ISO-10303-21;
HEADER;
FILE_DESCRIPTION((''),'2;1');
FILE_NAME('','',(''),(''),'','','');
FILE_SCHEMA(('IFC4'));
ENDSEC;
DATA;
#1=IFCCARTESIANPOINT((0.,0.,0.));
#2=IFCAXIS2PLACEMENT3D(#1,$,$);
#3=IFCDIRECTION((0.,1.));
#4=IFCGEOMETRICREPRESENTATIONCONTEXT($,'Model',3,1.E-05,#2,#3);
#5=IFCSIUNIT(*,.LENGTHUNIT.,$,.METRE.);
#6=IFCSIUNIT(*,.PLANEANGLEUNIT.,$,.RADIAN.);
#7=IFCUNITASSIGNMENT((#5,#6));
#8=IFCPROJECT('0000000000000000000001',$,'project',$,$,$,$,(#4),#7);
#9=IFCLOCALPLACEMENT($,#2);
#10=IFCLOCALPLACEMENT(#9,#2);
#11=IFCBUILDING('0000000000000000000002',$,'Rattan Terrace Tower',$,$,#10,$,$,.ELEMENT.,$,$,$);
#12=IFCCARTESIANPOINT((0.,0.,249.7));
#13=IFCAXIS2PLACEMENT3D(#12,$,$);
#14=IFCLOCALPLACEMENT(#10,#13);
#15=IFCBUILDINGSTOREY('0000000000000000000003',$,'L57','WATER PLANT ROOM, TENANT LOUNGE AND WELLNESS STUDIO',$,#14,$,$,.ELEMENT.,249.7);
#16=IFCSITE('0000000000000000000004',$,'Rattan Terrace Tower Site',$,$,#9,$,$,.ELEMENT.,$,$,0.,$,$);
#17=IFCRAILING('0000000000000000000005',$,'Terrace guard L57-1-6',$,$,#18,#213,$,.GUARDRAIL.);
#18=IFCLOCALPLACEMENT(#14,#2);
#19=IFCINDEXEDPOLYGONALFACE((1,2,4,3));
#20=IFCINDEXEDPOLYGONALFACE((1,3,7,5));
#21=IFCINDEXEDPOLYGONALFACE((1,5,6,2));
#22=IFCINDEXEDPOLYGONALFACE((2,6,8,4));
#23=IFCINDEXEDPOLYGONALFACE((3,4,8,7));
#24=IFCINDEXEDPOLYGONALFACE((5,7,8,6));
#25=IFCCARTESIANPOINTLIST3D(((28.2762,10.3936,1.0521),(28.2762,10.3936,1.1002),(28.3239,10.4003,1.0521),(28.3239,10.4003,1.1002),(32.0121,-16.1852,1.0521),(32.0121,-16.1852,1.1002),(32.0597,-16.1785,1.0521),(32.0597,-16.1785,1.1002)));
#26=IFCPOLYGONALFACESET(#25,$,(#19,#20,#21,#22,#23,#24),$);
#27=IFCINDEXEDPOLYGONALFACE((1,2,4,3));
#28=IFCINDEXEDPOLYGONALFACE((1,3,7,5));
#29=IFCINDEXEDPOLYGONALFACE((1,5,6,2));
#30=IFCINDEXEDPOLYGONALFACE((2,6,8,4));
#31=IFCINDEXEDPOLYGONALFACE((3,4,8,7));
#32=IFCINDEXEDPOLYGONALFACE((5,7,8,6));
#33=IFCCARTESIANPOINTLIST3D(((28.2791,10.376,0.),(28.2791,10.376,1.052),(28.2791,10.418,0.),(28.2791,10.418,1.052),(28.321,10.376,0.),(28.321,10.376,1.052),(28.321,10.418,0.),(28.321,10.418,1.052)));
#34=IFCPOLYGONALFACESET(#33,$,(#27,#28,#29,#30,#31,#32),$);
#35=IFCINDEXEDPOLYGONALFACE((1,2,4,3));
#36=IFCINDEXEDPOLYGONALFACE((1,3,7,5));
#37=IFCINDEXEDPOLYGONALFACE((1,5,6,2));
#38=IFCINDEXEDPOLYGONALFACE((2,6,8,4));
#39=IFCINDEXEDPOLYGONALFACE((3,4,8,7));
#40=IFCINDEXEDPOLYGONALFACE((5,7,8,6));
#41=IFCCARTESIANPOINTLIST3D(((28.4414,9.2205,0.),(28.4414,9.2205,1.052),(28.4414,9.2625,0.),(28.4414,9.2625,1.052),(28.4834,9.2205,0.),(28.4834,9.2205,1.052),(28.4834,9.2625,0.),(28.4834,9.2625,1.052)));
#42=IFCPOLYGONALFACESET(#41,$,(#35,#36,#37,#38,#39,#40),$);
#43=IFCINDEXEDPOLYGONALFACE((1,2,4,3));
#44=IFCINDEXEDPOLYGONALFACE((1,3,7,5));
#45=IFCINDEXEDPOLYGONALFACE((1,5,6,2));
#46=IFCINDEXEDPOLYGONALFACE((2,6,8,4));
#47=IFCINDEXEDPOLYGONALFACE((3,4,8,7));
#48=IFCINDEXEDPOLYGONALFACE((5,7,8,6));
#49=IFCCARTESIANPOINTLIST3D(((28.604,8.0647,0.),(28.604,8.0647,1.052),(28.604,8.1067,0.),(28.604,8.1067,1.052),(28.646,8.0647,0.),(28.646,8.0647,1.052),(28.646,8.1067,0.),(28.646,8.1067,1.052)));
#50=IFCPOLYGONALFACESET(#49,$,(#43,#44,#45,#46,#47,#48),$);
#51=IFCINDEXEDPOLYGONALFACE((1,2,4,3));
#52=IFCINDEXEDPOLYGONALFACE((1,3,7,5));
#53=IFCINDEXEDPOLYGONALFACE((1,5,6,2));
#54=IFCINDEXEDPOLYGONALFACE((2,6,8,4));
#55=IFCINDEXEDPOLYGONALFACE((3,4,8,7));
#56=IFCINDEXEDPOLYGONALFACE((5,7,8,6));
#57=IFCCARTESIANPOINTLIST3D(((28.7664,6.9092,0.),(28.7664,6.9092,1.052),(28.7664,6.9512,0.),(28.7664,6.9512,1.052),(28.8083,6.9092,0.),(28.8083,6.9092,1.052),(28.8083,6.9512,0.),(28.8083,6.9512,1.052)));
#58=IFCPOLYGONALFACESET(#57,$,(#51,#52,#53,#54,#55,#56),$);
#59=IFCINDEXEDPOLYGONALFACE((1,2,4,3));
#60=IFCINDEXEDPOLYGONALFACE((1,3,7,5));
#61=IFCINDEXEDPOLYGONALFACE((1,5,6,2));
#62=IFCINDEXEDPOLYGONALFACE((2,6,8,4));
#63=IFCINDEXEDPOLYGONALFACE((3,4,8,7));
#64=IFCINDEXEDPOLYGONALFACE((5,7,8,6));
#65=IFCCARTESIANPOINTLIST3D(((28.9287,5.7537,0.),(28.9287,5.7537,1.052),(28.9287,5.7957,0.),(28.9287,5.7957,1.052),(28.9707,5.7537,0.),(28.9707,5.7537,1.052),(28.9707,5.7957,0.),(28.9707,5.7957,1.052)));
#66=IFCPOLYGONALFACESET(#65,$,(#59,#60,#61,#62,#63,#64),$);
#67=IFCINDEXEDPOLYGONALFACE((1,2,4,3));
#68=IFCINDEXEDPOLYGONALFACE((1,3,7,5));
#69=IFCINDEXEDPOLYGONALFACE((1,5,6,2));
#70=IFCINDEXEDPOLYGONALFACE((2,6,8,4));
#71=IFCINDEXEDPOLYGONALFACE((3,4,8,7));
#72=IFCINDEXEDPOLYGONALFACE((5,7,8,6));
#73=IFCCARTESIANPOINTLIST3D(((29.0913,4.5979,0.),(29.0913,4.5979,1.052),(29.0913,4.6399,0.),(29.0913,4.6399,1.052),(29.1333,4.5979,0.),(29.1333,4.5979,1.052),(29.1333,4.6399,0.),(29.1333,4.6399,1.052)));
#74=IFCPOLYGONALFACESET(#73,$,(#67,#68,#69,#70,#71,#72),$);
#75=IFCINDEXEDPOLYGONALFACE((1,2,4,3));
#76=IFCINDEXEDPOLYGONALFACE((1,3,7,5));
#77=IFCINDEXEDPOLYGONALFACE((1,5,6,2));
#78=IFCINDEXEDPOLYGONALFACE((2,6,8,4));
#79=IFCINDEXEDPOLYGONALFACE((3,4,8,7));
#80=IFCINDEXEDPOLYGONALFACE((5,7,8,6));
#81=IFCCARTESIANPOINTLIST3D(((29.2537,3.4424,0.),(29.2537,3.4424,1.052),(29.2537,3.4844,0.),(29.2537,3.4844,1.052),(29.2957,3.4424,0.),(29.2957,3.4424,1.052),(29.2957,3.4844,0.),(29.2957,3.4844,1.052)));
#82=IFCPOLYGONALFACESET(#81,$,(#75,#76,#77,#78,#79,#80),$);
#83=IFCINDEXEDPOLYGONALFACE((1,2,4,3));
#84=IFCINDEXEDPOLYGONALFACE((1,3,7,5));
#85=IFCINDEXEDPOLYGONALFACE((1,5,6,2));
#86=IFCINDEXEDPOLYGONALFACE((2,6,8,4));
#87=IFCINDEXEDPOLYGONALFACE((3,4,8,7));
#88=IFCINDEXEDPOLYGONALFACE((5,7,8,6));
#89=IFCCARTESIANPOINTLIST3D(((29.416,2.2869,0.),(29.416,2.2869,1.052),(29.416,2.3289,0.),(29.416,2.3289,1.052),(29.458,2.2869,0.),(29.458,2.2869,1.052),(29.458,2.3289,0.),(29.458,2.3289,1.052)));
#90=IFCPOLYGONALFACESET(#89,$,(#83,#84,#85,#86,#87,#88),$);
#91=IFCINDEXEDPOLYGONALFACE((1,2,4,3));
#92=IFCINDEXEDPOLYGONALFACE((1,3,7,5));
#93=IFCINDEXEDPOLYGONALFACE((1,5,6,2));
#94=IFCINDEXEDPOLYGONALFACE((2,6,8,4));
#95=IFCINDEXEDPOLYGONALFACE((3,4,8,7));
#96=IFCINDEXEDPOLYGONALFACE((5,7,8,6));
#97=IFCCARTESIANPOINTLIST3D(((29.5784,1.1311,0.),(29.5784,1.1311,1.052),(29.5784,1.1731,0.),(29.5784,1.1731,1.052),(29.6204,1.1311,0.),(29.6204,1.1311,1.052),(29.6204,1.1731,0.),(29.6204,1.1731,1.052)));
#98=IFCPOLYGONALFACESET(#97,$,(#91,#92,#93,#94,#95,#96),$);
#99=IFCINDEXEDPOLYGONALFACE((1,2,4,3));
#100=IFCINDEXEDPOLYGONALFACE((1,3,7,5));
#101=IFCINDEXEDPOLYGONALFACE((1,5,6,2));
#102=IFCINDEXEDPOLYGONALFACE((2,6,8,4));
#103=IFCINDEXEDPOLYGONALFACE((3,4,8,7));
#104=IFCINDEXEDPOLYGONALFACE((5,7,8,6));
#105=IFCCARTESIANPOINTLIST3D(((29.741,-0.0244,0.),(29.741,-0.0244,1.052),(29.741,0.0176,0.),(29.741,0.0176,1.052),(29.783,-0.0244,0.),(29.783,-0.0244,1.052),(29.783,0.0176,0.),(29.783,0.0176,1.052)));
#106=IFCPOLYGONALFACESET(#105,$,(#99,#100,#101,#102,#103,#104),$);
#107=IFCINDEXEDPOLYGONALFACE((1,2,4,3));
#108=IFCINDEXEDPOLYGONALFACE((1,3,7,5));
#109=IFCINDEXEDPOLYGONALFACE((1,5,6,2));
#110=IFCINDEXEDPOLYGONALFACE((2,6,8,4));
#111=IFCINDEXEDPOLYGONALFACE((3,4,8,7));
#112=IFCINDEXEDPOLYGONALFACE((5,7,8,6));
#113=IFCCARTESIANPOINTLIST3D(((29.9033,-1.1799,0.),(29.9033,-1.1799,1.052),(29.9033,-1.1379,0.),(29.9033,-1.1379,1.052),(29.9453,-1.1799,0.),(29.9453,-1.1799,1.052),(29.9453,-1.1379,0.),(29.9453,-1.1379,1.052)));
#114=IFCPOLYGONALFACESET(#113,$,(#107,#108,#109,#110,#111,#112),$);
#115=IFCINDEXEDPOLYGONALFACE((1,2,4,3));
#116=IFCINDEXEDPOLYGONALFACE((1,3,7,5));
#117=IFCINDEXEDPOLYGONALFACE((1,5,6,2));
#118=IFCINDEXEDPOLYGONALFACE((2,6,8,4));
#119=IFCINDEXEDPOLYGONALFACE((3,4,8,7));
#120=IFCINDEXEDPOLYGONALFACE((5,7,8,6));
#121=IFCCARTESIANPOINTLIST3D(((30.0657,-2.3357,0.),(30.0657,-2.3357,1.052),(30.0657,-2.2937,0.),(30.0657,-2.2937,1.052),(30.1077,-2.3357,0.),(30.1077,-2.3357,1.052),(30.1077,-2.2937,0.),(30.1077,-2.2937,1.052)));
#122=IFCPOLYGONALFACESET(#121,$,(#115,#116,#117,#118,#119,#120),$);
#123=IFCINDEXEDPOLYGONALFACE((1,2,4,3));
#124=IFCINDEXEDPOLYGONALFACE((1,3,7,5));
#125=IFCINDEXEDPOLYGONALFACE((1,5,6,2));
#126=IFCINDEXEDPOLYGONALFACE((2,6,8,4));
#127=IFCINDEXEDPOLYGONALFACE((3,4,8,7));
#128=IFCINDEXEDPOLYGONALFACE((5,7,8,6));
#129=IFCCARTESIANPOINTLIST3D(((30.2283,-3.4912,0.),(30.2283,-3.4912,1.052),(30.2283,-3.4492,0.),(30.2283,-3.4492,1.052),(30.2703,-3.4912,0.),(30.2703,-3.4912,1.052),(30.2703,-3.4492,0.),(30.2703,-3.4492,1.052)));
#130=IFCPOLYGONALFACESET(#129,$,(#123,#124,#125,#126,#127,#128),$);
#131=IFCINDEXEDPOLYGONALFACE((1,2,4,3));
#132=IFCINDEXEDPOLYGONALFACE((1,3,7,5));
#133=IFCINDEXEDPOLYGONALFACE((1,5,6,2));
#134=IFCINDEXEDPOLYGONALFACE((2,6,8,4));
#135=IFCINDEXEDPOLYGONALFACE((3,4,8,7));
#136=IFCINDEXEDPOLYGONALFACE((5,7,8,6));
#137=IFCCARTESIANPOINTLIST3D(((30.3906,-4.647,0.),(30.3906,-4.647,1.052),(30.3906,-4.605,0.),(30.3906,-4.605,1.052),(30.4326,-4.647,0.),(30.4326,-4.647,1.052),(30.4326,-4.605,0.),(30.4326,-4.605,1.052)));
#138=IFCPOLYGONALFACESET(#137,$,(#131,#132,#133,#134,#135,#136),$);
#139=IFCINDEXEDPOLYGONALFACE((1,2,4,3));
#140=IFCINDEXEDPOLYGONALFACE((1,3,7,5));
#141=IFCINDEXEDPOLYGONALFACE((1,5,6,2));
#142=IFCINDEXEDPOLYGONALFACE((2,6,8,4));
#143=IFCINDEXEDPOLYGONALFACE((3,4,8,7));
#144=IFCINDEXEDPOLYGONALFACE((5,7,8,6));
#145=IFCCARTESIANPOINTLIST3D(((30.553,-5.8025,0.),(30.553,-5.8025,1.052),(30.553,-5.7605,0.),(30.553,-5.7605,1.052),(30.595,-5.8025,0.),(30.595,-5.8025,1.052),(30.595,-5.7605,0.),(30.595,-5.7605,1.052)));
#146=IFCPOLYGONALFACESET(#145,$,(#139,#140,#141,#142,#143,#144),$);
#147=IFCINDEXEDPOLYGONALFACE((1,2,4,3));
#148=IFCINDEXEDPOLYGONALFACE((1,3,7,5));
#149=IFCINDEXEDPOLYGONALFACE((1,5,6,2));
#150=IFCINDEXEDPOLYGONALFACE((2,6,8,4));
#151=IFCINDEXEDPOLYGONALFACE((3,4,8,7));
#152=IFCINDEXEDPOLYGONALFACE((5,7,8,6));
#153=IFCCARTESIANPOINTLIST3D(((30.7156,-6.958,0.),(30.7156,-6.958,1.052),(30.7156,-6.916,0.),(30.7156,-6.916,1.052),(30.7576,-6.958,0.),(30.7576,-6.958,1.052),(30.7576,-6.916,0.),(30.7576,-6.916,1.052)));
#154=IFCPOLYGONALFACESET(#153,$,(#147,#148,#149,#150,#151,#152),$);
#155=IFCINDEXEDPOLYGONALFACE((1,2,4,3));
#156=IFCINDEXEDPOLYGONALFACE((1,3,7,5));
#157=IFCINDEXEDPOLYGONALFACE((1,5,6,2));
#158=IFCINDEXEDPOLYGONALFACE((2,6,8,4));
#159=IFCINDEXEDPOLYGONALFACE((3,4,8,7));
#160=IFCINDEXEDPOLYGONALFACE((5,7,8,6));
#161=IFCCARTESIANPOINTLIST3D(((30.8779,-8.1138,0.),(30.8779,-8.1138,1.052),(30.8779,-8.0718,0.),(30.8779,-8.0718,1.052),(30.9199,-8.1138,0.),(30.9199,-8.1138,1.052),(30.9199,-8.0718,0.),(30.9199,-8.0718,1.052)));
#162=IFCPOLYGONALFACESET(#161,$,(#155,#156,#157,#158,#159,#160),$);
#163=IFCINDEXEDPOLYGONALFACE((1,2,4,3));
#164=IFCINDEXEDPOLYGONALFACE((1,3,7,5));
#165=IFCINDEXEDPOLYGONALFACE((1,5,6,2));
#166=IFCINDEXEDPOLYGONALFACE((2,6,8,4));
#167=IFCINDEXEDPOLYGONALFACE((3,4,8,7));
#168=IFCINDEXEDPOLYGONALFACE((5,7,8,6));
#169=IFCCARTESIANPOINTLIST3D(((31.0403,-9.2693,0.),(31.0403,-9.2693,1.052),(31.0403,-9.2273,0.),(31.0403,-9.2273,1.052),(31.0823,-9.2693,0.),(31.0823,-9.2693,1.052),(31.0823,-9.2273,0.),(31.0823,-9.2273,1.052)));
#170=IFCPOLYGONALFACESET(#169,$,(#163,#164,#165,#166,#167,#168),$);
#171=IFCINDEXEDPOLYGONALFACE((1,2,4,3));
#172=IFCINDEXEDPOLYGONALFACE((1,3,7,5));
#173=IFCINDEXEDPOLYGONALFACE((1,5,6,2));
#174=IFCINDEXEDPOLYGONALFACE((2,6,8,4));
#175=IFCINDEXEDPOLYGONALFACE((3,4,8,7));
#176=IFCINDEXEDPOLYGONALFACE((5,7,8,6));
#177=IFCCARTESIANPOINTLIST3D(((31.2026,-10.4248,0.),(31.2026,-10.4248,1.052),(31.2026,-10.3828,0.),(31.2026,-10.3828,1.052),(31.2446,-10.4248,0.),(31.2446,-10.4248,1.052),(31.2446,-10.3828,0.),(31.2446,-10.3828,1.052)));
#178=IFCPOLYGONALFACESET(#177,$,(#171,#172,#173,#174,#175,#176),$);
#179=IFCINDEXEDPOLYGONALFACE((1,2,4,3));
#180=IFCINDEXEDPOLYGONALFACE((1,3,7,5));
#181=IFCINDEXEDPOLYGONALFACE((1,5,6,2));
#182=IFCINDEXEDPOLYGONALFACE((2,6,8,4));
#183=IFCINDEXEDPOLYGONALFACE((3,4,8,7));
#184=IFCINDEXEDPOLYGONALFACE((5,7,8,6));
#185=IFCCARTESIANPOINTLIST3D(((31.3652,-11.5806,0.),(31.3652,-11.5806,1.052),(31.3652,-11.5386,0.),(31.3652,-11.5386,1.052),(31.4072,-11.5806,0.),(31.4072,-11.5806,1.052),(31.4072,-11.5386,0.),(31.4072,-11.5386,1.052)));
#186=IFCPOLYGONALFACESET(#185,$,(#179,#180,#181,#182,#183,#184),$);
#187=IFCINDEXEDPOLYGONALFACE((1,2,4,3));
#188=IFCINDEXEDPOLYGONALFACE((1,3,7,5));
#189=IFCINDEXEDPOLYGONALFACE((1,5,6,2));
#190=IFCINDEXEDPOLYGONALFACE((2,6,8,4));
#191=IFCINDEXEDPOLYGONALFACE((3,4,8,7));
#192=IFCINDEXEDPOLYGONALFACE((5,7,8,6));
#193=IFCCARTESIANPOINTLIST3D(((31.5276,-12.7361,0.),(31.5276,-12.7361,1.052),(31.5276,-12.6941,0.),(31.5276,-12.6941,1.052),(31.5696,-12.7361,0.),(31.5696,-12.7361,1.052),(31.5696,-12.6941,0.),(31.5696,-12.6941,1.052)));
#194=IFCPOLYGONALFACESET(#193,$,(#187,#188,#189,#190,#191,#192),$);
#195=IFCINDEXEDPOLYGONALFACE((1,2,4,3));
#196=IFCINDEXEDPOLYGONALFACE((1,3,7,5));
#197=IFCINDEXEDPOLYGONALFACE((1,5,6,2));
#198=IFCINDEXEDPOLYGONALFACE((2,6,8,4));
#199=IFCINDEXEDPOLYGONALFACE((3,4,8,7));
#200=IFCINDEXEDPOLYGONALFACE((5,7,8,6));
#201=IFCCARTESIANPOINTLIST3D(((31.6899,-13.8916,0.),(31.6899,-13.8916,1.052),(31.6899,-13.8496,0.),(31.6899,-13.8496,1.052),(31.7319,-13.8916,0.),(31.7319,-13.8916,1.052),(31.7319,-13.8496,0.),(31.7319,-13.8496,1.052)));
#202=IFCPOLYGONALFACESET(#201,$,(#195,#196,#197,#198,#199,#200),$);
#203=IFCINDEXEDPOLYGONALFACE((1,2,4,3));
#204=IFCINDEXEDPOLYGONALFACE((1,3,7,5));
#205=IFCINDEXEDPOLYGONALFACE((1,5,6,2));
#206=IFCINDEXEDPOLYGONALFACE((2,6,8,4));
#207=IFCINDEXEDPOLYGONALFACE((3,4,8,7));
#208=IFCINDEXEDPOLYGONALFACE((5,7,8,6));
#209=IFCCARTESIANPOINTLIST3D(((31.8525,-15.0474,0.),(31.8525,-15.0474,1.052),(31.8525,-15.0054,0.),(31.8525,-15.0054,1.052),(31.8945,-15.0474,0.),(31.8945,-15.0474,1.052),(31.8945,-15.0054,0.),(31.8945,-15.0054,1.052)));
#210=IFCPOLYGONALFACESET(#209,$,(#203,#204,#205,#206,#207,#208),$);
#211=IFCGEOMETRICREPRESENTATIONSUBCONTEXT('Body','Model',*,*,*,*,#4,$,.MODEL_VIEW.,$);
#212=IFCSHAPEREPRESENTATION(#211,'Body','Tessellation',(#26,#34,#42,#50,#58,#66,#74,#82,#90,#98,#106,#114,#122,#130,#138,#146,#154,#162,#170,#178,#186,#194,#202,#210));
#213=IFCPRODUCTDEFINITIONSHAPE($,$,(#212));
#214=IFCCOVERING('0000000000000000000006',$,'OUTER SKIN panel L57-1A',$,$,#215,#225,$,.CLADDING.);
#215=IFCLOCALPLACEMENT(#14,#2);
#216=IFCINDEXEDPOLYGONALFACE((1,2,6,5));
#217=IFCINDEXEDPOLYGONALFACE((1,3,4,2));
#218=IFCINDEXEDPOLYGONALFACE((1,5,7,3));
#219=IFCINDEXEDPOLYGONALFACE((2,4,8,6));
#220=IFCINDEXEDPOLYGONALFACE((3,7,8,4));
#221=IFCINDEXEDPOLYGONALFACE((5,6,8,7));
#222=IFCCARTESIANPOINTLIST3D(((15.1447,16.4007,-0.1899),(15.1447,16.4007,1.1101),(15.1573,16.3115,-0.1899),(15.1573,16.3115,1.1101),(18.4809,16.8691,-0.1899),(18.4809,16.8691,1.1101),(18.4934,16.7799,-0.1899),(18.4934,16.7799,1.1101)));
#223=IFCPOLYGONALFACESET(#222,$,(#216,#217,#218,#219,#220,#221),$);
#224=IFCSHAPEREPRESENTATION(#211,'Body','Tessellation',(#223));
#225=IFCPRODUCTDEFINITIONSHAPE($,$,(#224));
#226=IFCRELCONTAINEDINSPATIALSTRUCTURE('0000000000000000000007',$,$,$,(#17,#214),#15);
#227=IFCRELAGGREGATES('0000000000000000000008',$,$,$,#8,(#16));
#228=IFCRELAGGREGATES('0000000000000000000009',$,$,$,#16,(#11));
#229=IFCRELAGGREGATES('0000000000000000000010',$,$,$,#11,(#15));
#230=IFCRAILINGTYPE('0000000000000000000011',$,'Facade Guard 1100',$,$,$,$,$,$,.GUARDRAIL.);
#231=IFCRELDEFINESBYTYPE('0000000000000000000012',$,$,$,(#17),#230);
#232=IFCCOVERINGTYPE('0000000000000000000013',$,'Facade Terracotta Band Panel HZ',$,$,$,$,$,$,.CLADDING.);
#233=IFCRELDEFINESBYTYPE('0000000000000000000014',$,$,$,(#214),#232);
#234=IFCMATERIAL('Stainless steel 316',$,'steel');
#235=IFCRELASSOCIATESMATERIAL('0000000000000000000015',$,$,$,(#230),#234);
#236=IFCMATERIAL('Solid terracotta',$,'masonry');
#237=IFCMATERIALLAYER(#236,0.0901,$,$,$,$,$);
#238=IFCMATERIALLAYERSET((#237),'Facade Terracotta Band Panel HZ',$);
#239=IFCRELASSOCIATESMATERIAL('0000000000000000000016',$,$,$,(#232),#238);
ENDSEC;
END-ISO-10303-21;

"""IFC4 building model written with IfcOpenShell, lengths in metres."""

from ifc_helpers import new_model, si_unit, direction, frame, origin, origin_2d, place, context, subcontext, project, spatial, rectangle, extrude, material, layer, layer_set, type_object, element, save


model = new_model("IFC4")

# Units and contexts
model_context = context("Model", 3, precision=1e-05, world=origin(), true_north=direction((0.0, 1.0)))
body_context = subcontext(model_context, "Body", "Model", "MODEL_VIEW")
ifc_project = project(units=[si_unit("LENGTHUNIT", "METRE"), si_unit("PLANEANGLEUNIT", "RADIAN")], contexts=[model_context])

# Site, building, storey
site_placement = place(None, origin())
site = spatial("IfcSite", under=ifc_project, at=site_placement, Name="Rattan Terrace Tower Site", CompositionType="ELEMENT", RefElevation=0.0)
building_placement = place(site_placement, origin())
building = spatial("IfcBuilding", under=site, at=building_placement, Name="Rattan Terrace Tower", CompositionType="ELEMENT")
storey_placement = place(building_placement, frame((0.0, 0.0, 249.7)))
storey = spatial("IfcBuildingStorey", under=building, at=storey_placement, Name="L57", Description="WATER PLANT ROOM, TENANT LOUNGE AND WELLNESS STUDIO", CompositionType="ELEMENT", Elevation=249.7)

# Railing
ifc_material_1 = material(Name="Stainless steel 316", Category="steel")
railing_type = type_object("IfcRailingType", Name="Facade Guard 1100", PredefinedType="GUARDRAIL", material=ifc_material_1)
railing_1_placement = place(storey_placement, frame((28.3, 10.397, 0.0)))
element("IfcRailing", 1, at=railing_1_placement, inside=storey, type_object=railing_type, Name="Terrace guard L57-1-6", PredefinedType="GUARDRAIL", context=body_context, shape_type="SweptSolid", body=[
    extrude(rectangle(XDim=0.0481, YDim=0.0481, at=origin_2d()), frame((0.0, 0.0, 1.0762), z_axis=(0.139189, -0.990266, 0.0), x_axis=(0.990266, 0.139189, 0.0)), (0.0, 0.0, 1.0), 26.8401),
    extrude(rectangle(XDim=0.042, YDim=0.042, at=origin_2d()), origin(), (0.0, 0.0, 1.0), 1.052),
    extrude(rectangle(XDim=0.042, YDim=0.042, at=origin_2d()), frame((0.1624, -1.1555, 0.0)), (0.0, 0.0, 1.0), 1.052),
    extrude(rectangle(XDim=0.042, YDim=0.042, at=origin_2d()), frame((0.325, -2.3113, 0.0)), (0.0, 0.0, 1.0), 1.052),
    extrude(rectangle(XDim=0.042, YDim=0.042, at=origin_2d()), frame((0.4873, -3.4668, 0.0)), (0.0, 0.0, 1.0), 1.052),
    extrude(rectangle(XDim=0.042, YDim=0.042, at=origin_2d()), frame((0.6497, -4.6223, 0.0)), (0.0, 0.0, 1.0), 1.052),
    extrude(rectangle(XDim=0.042, YDim=0.042, at=origin_2d()), frame((0.8123, -5.7781, 0.0)), (0.0, 0.0, 1.0), 1.052),
    extrude(rectangle(XDim=0.042, YDim=0.042, at=origin_2d()), frame((0.9746, -6.9336, 0.0)), (0.0, 0.0, 1.0), 1.052),
    extrude(rectangle(XDim=0.042, YDim=0.042, at=origin_2d()), frame((1.137, -8.0891, 0.0)), (0.0, 0.0, 1.0), 1.052),
    extrude(rectangle(XDim=0.042, YDim=0.042, at=origin_2d()), frame((1.2993, -9.2449, 0.0)), (0.0, 0.0, 1.0), 1.052),
    extrude(rectangle(XDim=0.042, YDim=0.042, at=origin_2d()), frame((1.4619, -10.4004, 0.0)), (0.0, 0.0, 1.0), 1.052),
    extrude(rectangle(XDim=0.042, YDim=0.042, at=origin_2d()), frame((1.6243, -11.5559, 0.0)), (0.0, 0.0, 1.0), 1.052),
    extrude(rectangle(XDim=0.042, YDim=0.042, at=origin_2d()), frame((1.7866, -12.7117, 0.0)), (0.0, 0.0, 1.0), 1.052),
    extrude(rectangle(XDim=0.042, YDim=0.042, at=origin_2d()), frame((1.9492, -13.8672, 0.0)), (0.0, 0.0, 1.0), 1.052),
    extrude(rectangle(XDim=0.042, YDim=0.042, at=origin_2d()), frame((2.1116, -15.0229, 0.0)), (0.0, 0.0, 1.0), 1.052),
    extrude(rectangle(XDim=0.042, YDim=0.042, at=origin_2d()), frame((2.2739, -16.1785, 0.0)), (0.0, 0.0, 1.0), 1.052),
    extrude(rectangle(XDim=0.042, YDim=0.042, at=origin_2d()), frame((2.4365, -17.334, 0.0)), (0.0, 0.0, 1.0), 1.052),
    extrude(rectangle(XDim=0.042, YDim=0.042, at=origin_2d()), frame((2.5989, -18.4897, 0.0)), (0.0, 0.0, 1.0), 1.052),
    extrude(rectangle(XDim=0.042, YDim=0.042, at=origin_2d()), frame((2.7612, -19.6453, 0.0)), (0.0, 0.0, 1.0), 1.052),
    extrude(rectangle(XDim=0.042, YDim=0.042, at=origin_2d()), frame((2.9236, -20.8008, 0.0)), (0.0, 0.0, 1.0), 1.052),
    extrude(rectangle(XDim=0.042, YDim=0.042, at=origin_2d()), frame((3.0862, -21.9565, 0.0)), (0.0, 0.0, 1.0), 1.052),
    extrude(rectangle(XDim=0.042, YDim=0.042, at=origin_2d()), frame((3.2485, -23.1121, 0.0)), (0.0, 0.0, 1.0), 1.052),
    extrude(rectangle(XDim=0.042, YDim=0.042, at=origin_2d()), frame((3.4109, -24.2676, 0.0)), (0.0, 0.0, 1.0), 1.052),
    extrude(rectangle(XDim=0.042, YDim=0.042, at=origin_2d()), frame((3.5735, -25.4233, 0.0)), (0.0, 0.0, 1.0), 1.052),
])

# Covering
ifc_material_2 = material(Name="Solid terracotta", Category="masonry")
ifc_layer_1 = layer(ifc_material_2, 0.0901)
ifc_layer_set_1 = layer_set([ifc_layer_1], Name="Facade Terracotta Band Panel HZ")
covering_type_1 = type_object("IfcCoveringType", Name="Facade Terracotta Band Panel HZ", PredefinedType="CLADDING", material=ifc_layer_set_1)
covering_1_placement = place(storey_placement, frame((16.8191, 16.5903, -0.1899), z_axis=(0.0, 0.0, 1.0), x_axis=(-0.990287, -0.13904, 0.0)))
element("IfcCovering", 2, at=covering_1_placement, inside=storey, type_object=covering_type_1, Name="OUTER SKIN panel L57-1A", PredefinedType="CLADDING", context=body_context, shape_type="SweptSolid", body=[
    extrude(rectangle(XDim=3.3689, YDim=0.0901, at=origin_2d()), origin(), (0.0, 0.0, 1.0), 1.3),
])

save(model, "model.ifc")
